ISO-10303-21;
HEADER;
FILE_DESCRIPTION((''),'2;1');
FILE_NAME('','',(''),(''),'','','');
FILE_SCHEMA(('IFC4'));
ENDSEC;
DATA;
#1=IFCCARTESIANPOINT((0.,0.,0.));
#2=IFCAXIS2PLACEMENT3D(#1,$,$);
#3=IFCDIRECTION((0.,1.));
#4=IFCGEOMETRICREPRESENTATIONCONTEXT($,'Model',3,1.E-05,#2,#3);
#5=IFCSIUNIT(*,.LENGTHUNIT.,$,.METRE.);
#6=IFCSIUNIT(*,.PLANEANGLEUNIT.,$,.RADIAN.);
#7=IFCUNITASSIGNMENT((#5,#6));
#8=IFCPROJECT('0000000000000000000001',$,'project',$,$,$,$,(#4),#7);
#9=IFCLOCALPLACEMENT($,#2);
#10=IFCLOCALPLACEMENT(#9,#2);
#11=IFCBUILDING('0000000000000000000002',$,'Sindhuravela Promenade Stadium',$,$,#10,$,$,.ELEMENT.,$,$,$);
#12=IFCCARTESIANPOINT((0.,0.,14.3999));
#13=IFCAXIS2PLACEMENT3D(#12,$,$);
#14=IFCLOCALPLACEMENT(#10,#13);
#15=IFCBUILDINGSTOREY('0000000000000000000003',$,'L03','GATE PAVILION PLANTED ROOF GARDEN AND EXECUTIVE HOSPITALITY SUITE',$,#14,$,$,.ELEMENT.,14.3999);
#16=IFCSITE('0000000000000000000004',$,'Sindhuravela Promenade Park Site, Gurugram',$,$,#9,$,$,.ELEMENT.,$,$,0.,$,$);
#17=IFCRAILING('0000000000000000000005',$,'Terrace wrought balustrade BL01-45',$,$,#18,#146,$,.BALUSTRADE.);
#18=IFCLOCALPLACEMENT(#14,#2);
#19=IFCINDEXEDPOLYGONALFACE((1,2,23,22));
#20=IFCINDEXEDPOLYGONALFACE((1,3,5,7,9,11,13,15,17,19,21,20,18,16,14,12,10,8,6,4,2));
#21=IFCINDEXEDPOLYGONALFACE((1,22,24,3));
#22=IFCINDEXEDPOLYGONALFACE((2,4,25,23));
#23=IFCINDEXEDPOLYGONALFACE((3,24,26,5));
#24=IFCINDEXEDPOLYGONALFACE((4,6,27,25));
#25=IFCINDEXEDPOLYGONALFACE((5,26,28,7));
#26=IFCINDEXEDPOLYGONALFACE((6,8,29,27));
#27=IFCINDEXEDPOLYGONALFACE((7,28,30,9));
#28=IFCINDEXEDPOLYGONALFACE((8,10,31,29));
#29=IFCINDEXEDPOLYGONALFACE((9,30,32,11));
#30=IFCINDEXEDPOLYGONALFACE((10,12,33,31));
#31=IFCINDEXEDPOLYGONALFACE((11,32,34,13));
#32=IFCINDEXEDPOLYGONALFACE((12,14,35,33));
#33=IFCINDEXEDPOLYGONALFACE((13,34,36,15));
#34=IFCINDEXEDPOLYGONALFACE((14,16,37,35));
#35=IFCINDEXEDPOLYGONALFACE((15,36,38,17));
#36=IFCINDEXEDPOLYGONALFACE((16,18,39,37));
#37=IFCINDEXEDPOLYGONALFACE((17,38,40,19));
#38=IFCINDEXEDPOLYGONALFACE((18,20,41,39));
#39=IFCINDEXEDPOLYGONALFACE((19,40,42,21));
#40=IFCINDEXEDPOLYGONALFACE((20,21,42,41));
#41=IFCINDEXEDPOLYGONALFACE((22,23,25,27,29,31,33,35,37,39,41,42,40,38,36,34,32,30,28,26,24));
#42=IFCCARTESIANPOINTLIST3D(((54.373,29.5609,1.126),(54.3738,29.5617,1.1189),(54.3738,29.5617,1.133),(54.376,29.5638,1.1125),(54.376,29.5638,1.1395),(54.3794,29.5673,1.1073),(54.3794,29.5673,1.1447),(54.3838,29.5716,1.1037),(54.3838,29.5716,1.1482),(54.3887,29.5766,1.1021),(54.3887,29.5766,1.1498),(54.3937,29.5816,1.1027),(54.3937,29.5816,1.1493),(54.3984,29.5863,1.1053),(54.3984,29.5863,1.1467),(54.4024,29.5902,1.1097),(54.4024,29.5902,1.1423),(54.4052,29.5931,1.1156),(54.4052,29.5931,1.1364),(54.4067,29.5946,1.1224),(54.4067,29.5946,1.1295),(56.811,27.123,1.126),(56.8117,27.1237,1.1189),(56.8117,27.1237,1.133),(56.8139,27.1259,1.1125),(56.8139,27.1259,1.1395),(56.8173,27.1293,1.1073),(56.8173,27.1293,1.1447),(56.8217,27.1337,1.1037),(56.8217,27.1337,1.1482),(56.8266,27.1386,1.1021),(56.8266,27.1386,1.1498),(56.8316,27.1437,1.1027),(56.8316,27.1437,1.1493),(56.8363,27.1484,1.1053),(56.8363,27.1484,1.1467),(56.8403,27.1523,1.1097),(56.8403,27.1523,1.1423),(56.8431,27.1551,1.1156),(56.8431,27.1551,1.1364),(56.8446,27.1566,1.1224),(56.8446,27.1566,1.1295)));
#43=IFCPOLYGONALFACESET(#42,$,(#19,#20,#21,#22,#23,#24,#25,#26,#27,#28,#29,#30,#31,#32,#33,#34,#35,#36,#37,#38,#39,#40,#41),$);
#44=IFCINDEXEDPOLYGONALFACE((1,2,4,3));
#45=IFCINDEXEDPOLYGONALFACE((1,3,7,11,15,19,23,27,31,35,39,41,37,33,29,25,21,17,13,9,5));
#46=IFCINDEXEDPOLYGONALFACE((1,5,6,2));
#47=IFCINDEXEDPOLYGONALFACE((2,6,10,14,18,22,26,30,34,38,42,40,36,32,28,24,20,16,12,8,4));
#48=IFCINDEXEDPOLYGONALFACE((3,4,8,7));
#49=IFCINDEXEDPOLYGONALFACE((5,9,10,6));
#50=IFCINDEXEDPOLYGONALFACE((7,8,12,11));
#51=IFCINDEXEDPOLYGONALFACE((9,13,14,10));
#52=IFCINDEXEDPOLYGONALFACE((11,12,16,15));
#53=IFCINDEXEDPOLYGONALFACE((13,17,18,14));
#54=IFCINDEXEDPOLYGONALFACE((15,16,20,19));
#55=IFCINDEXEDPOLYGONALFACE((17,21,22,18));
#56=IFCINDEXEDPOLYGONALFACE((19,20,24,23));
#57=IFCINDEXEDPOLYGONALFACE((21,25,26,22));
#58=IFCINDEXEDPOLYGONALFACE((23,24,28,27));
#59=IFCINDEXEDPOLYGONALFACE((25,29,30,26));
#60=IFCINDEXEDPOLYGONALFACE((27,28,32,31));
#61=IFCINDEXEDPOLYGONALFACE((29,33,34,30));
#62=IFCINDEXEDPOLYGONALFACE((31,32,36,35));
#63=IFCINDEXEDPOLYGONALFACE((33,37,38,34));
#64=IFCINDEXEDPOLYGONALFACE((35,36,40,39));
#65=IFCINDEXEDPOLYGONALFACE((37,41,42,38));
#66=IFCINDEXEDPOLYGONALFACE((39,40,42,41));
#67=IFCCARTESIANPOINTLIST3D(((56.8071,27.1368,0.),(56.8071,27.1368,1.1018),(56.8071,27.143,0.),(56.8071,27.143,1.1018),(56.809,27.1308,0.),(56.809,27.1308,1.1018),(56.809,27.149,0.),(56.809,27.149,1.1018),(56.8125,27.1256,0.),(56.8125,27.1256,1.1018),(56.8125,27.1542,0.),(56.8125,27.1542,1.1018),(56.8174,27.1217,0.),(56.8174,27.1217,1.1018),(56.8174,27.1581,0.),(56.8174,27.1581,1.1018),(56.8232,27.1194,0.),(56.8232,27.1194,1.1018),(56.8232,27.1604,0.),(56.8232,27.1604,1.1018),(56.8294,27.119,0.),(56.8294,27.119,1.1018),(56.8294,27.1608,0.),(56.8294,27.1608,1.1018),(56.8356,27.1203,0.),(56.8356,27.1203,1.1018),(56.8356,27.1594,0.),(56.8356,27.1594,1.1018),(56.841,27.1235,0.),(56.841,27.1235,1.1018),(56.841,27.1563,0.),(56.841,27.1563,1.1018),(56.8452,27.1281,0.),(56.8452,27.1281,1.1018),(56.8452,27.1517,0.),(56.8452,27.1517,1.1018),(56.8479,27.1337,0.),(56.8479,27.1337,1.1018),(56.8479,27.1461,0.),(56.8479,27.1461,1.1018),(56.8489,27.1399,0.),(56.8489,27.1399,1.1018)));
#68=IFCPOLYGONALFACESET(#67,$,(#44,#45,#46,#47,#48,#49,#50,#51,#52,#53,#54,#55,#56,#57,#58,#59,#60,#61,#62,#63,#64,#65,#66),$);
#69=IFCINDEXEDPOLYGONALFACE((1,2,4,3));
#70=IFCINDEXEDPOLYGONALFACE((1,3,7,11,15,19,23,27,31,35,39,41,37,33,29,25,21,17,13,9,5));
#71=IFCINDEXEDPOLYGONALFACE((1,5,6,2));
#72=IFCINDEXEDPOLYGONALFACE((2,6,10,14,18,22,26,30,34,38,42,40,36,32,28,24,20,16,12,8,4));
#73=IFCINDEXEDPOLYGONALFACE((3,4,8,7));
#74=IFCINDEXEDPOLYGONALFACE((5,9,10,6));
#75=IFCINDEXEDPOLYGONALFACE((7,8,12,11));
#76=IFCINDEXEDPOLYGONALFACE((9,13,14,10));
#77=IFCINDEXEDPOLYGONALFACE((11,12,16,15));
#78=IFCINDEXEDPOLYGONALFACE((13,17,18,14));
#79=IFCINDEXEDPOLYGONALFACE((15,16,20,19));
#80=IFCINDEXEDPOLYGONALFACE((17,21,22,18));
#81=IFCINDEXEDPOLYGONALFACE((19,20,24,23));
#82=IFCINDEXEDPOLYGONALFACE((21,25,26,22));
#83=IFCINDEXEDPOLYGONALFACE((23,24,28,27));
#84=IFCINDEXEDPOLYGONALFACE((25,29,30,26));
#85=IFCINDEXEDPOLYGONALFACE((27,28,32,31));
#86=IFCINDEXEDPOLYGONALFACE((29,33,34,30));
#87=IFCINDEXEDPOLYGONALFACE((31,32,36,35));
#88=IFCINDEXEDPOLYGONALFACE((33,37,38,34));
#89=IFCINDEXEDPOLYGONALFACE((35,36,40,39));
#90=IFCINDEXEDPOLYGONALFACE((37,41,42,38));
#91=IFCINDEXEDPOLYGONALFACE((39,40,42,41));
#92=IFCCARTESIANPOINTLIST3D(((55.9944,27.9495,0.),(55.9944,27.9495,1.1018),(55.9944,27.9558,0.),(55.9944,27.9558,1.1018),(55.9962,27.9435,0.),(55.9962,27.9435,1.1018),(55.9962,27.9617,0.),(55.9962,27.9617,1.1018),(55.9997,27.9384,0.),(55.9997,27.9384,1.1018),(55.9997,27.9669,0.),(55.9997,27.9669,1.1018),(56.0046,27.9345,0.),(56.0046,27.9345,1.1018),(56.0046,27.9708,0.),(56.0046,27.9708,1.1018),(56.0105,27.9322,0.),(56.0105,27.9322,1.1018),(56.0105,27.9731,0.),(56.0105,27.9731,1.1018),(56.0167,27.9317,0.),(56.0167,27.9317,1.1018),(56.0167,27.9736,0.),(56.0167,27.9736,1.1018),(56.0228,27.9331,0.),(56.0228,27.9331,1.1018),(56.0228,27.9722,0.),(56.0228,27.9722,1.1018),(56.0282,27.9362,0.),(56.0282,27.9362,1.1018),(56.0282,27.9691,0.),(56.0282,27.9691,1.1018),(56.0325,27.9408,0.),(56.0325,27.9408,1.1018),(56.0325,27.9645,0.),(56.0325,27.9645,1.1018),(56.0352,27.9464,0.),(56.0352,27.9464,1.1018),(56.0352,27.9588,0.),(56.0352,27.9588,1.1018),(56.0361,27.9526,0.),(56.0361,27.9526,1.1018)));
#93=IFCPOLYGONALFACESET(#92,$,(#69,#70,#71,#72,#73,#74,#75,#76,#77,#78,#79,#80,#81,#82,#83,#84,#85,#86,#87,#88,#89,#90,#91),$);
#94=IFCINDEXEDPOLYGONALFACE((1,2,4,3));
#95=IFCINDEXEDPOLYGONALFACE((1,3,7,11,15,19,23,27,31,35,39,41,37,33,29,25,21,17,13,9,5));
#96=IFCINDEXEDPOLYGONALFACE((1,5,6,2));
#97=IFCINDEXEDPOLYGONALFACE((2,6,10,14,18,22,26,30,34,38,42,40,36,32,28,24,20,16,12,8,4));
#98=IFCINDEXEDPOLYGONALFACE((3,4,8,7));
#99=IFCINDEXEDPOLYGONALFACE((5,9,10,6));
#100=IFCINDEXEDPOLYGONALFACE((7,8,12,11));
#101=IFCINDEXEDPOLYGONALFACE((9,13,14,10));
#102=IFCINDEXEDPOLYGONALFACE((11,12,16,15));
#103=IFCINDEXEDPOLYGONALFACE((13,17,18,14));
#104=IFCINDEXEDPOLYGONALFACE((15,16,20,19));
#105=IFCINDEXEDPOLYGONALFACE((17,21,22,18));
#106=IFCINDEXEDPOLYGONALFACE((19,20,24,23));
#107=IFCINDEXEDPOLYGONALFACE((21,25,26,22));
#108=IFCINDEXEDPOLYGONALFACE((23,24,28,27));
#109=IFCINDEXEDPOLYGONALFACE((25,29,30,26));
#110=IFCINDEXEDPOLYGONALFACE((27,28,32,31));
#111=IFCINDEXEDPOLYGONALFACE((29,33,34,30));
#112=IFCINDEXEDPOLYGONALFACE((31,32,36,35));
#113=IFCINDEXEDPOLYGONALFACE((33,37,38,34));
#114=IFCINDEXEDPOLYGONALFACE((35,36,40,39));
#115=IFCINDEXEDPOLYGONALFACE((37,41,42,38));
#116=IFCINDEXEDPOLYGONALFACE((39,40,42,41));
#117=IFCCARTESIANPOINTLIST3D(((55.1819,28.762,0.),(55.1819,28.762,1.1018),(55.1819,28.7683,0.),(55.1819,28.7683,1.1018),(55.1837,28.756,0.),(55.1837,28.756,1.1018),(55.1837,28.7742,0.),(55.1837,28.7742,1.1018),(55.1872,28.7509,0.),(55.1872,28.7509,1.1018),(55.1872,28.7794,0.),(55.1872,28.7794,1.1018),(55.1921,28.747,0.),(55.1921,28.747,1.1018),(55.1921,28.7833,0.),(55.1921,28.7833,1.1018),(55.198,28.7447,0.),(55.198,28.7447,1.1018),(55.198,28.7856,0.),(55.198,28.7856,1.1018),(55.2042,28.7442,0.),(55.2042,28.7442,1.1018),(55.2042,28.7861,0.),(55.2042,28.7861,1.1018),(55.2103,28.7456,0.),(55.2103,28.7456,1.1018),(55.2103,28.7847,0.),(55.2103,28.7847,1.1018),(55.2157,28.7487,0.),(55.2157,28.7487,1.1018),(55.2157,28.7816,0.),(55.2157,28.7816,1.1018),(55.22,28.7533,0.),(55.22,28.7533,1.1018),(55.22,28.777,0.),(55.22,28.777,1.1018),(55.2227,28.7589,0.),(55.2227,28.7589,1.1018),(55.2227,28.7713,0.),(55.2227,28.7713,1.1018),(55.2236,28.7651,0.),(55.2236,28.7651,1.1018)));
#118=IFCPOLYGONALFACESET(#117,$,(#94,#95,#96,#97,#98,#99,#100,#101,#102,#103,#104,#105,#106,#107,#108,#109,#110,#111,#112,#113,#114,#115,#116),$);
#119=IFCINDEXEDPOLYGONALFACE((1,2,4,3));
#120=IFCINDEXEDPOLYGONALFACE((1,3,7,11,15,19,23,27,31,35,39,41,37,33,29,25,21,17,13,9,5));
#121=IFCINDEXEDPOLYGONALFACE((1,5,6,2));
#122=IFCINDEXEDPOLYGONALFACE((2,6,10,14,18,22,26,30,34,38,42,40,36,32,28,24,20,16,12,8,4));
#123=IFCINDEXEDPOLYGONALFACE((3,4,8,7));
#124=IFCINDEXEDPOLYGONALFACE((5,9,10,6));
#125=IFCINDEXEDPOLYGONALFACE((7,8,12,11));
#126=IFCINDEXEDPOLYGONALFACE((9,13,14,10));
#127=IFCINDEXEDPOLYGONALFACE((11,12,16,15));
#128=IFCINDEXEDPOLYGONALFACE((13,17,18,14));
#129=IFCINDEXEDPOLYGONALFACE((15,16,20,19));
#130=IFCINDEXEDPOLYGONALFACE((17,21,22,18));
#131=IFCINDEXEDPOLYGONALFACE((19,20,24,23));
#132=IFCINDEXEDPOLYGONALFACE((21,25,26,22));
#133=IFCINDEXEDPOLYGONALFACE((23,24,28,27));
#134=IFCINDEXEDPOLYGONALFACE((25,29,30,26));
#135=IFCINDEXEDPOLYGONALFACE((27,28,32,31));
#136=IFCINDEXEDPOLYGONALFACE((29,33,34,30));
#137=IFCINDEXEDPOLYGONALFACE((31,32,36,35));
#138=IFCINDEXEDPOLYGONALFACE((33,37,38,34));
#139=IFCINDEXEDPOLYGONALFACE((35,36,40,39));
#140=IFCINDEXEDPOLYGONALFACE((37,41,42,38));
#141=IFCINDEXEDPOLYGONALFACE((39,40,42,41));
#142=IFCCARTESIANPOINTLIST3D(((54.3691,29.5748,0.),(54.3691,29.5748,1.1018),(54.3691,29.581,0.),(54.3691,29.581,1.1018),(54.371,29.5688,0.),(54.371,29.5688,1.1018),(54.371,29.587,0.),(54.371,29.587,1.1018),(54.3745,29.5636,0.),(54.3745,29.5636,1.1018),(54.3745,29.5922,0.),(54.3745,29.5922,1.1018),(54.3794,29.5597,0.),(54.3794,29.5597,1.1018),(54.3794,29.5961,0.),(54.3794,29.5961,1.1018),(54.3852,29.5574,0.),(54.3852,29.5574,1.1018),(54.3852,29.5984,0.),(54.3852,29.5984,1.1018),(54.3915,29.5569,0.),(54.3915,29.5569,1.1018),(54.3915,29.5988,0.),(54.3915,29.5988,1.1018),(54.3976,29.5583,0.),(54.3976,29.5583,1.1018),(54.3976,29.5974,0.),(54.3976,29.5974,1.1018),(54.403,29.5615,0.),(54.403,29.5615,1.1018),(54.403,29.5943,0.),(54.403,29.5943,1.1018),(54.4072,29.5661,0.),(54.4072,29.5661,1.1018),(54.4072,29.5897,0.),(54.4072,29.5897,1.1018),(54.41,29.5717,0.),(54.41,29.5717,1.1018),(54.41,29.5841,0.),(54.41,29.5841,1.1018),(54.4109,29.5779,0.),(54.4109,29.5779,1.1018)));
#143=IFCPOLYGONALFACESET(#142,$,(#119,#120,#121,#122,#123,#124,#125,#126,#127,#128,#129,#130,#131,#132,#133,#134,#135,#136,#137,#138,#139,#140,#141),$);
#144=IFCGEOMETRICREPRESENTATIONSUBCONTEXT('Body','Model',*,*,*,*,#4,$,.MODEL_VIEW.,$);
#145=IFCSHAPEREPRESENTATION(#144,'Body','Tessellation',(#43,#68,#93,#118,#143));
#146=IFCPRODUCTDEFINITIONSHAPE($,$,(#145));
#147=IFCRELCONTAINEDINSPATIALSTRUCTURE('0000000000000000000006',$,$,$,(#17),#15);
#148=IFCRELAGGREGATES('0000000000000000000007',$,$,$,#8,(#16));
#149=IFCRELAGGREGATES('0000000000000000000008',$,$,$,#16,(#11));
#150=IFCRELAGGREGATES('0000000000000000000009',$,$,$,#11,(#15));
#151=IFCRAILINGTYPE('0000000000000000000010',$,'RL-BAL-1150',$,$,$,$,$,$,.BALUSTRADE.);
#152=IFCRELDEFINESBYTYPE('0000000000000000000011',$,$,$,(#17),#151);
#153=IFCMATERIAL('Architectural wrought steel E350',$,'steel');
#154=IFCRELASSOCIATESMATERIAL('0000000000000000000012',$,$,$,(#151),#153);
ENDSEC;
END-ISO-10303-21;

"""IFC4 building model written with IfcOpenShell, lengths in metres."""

from ifc_helpers import new_model, si_unit, direction, frame, origin, origin_2d, place, context, subcontext, project, spatial, circle, extrude, material, type_object, element, save


model = new_model("IFC4")

# Units and contexts
model_context = context("Model", 3, precision=1e-05, world=origin(), true_north=direction((0.0, 1.0)))
body_context = subcontext(model_context, "Body", "Model", "MODEL_VIEW")
ifc_project = project(units=[si_unit("LENGTHUNIT", "METRE"), si_unit("PLANEANGLEUNIT", "RADIAN")], contexts=[model_context])

# Site, building, storey
site_placement = place(None, origin())
site = spatial("IfcSite", under=ifc_project, at=site_placement, Name="Sindhuravela Promenade Park Site, Gurugram", CompositionType="ELEMENT", RefElevation=0.0)
building_placement = place(site_placement, origin())
building = spatial("IfcBuilding", under=site, at=building_placement, Name="Sindhuravela Promenade Stadium", CompositionType="ELEMENT")
storey_placement = place(building_placement, frame((0.0, 0.0, 14.3999)))
storey = spatial("IfcBuildingStorey", under=building, at=storey_placement, Name="L03", Description="GATE PAVILION PLANTED ROOF GARDEN AND EXECUTIVE HOSPITALITY SUITE", CompositionType="ELEMENT", Elevation=14.3999)

# Shared definitions
ifc_material_1 = material(Name="Architectural wrought steel E350", Category="steel")

# Railing
railing_type_1 = type_object("IfcRailingType", Name="RL-BAL-1150", PredefinedType="BALUSTRADE", material=ifc_material_1)
railing_1_placement = place(storey_placement, frame((56.8279, 27.1399, 0.0)))
element("IfcRailing", 1, at=railing_1_placement, inside=storey, type_object=railing_type_1, Name="Terrace wrought balustrade BL01-45", PredefinedType="BALUSTRADE", context=body_context, shape_type="SweptSolid", body=[
    extrude(circle(Radius=0.0239, at=origin_2d()), frame((0.0, 0.0, 1.126), z_axis=(-0.707107, 0.707107, 0.0), x_axis=(-0.707107, -0.707107, 0.0)), (0.0, 0.0, 1.0), 3.4478),
    extrude(circle(Radius=0.021, at=origin_2d()), origin(), (0.0, 0.0, 1.0), 1.1018),
    extrude(circle(Radius=0.021, at=origin_2d()), frame((-0.8127, 0.8127, 0.0)), (0.0, 0.0, 1.0), 1.1018),
    extrude(circle(Radius=0.021, at=origin_2d()), frame((-1.6252, 1.6252, 0.0)), (0.0, 0.0, 1.0), 1.1018),
    extrude(circle(Radius=0.021, at=origin_2d()), frame((-2.438, 2.438, 0.0)), (0.0, 0.0, 1.0), 1.1018),
])

save(model, "model.ifc")
